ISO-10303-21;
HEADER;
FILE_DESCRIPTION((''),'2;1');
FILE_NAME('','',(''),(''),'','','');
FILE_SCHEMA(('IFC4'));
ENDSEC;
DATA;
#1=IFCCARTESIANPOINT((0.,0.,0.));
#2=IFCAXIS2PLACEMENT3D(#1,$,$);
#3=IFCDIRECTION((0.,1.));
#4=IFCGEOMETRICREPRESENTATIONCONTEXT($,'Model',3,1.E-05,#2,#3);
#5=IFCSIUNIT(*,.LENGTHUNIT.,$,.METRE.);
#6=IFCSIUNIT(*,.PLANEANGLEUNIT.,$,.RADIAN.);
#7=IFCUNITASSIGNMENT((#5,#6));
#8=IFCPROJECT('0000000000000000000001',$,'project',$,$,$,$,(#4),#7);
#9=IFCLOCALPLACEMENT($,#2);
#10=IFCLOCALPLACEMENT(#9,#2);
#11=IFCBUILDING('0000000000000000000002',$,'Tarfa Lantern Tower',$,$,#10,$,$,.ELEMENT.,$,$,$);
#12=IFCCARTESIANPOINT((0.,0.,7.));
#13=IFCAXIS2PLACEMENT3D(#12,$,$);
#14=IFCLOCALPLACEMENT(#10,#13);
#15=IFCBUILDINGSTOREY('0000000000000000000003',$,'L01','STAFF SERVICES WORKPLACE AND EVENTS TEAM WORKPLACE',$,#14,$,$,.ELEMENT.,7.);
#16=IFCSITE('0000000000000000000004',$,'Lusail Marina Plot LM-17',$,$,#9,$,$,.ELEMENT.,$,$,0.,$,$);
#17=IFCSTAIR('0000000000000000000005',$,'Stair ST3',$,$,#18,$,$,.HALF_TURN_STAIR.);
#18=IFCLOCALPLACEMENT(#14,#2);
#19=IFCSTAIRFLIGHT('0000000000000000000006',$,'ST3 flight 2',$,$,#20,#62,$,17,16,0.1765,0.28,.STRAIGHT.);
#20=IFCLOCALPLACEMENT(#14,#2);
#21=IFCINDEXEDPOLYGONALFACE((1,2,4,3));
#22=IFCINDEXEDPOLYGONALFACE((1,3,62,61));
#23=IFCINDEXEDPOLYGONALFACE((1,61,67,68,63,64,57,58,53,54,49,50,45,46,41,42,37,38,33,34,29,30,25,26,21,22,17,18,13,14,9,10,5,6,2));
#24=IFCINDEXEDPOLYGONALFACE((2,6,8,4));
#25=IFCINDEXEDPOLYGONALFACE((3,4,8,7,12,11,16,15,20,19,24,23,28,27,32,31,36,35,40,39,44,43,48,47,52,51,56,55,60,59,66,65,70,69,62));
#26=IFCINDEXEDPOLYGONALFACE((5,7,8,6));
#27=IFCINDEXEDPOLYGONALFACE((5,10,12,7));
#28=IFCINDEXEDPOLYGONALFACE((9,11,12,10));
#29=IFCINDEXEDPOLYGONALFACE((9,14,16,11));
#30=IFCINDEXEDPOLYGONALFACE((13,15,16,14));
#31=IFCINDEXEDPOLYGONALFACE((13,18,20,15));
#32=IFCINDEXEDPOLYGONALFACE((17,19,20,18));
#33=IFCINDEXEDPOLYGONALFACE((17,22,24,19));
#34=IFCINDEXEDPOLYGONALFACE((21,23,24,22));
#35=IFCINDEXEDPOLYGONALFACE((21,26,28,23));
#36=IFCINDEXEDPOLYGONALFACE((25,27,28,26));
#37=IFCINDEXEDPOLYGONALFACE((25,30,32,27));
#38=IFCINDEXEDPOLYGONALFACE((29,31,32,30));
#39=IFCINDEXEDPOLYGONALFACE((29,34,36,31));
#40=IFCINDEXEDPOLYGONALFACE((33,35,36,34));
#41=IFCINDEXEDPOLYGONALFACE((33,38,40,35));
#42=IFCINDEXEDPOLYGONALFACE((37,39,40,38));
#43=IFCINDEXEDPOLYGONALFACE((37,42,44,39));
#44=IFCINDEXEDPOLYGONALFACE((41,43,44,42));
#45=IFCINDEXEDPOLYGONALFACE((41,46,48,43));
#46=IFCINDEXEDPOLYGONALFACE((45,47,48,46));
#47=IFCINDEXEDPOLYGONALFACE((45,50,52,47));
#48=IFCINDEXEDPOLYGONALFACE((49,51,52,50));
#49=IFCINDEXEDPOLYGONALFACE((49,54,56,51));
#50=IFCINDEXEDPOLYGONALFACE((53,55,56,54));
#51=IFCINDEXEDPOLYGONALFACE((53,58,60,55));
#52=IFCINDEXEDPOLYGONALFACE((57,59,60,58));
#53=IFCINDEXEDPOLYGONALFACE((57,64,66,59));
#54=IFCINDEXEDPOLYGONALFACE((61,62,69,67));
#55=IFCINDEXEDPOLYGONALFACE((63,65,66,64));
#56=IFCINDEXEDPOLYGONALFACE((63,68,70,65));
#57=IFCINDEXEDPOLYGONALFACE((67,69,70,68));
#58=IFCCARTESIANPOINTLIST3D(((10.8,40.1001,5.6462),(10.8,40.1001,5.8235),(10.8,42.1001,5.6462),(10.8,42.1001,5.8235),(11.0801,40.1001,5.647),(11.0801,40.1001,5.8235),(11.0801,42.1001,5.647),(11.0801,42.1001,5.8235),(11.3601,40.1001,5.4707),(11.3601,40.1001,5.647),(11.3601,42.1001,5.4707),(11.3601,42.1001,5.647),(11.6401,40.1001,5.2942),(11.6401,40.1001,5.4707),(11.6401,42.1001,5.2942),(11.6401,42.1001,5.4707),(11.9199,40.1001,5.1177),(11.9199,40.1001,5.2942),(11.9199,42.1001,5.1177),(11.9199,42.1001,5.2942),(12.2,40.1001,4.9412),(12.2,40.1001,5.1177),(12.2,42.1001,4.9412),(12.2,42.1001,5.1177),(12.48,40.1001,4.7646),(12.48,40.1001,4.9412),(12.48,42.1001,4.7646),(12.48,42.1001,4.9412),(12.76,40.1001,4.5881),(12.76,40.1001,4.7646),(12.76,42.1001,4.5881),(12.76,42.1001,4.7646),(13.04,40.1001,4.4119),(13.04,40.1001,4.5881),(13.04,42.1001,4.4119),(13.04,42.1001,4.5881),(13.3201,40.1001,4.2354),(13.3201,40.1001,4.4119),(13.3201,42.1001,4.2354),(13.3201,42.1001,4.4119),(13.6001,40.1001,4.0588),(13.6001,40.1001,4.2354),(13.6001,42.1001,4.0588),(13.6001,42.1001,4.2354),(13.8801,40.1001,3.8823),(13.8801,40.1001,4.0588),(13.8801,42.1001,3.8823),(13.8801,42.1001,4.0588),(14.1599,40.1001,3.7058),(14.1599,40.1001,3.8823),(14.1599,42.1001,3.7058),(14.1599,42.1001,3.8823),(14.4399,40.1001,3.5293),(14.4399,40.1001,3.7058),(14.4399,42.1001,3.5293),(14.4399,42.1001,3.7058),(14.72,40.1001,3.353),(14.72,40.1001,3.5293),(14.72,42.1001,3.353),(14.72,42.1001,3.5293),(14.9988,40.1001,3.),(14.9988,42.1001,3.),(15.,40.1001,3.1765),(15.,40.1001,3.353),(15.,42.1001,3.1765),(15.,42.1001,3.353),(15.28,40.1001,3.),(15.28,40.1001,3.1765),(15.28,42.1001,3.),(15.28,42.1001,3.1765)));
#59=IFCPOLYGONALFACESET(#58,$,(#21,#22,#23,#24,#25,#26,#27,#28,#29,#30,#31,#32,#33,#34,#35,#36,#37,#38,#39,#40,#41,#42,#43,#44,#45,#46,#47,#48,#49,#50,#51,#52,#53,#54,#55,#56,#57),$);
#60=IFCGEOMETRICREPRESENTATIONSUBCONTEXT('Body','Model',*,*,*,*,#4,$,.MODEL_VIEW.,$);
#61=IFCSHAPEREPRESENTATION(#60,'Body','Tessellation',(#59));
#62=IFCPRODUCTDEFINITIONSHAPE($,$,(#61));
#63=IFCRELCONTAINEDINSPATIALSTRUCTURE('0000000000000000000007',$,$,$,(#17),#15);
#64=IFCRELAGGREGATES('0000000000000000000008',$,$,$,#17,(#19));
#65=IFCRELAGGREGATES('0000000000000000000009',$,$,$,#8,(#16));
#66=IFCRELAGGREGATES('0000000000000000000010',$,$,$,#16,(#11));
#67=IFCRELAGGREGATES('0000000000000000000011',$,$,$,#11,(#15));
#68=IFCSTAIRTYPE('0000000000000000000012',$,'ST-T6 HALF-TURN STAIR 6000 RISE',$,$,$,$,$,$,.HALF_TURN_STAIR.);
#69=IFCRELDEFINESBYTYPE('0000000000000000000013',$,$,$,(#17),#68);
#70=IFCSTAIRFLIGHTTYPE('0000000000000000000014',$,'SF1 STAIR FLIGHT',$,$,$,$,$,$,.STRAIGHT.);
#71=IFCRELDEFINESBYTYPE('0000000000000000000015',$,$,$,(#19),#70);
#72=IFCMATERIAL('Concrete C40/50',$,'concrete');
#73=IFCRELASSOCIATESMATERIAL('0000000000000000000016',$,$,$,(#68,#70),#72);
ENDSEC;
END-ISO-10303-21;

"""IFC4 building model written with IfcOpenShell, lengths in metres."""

from ifc_helpers import new_model, si_unit, direction, frame, origin, place, context, subcontext, project, spatial, polyline, outline, extrude, material, type_object, element, aggregate, save


model = new_model("IFC4")

# Units and contexts
model_context = context("Model", 3, precision=1e-05, world=origin(), true_north=direction((0.0, 1.0)))
body_context = subcontext(model_context, "Body", "Model", "MODEL_VIEW")
ifc_project = project(units=[si_unit("LENGTHUNIT", "METRE"), si_unit("PLANEANGLEUNIT", "RADIAN")], contexts=[model_context])

# Site, building, storey
site_placement = place(None, origin())
site = spatial("IfcSite", under=ifc_project, at=site_placement, Name="Lusail Marina Plot LM-17", CompositionType="ELEMENT", RefElevation=0.0)
building_placement = place(site_placement, origin())
building = spatial("IfcBuilding", under=site, at=building_placement, Name="Tarfa Lantern Tower", CompositionType="ELEMENT")
storey_placement = place(building_placement, frame((0.0, 0.0, 7.0)))
storey = spatial("IfcBuildingStorey", under=building, at=storey_placement, Name="L01", Description="STAFF SERVICES WORKPLACE AND EVENTS TEAM WORKPLACE", CompositionType="ELEMENT", Elevation=7.0)

# Stair, stair flight
ifc_material_1 = material(Name="Concrete C40/50", Category="concrete")
stair_type = type_object("IfcStairType", Name="ST-T6 HALF-TURN STAIR 6000 RISE", PredefinedType="HALF_TURN_STAIR", material=ifc_material_1)
stair_placement = place(storey_placement, origin())
stair = element("IfcStair", 1, at=stair_placement, inside=storey, type_object=stair_type, Name="Stair ST3", PredefinedType="HALF_TURN_STAIR")
stair_flight_type = type_object("IfcStairFlightType", Name="SF1 STAIR FLIGHT", PredefinedType="STRAIGHT", material=ifc_material_1)
stair_flight_1_placement = place(storey_placement, frame((15.28, 41.1001, 3.0), z_axis=(0.0, 0.0, 1.0), x_axis=(-1.0, 0.0, 0.0)))
stair_flight_1 = element("IfcStairFlight", 2, at=stair_flight_1_placement, type_object=stair_flight_type, Name="ST3 flight 2", NumberOfRisers=17, NumberOfTreads=16, PredefinedType="STRAIGHT", RiserHeight=0.1765, TreadLength=0.28, context=body_context, shape_type="SweptSolid", body=[
    extrude(outline(polyline([(0.0, 0.0), (0.0, 0.1765), (0.28, 0.1765), (0.28, 0.353), (0.5601, 0.353), (0.5601, 0.5293), (0.8401, 0.5293), (0.8401, 0.7058), (1.1201, 0.7058), (1.1201, 0.8823), (1.3999, 0.8823), (1.3999, 1.0588), (1.6799, 1.0588), (1.6799, 1.2354), (1.96, 1.2354), (1.96, 1.4119), (2.24, 1.4119), (2.24, 1.5881), (2.52, 1.5881), (2.52, 1.7646), (2.8, 1.7646), (2.8, 1.9412), (3.0801, 1.9412), (3.0801, 2.1177), (3.3601, 2.1177), (3.3601, 2.2942), (3.6399, 2.2942), (3.6399, 2.4707), (3.9199, 2.4707), (3.9199, 2.647), (4.2, 2.647), (4.2, 2.8235), (4.48, 2.8235), (4.48, 3.0), (4.48, 2.6462), (0.2812, 0.0), (0.0, 0.0)])), frame((0.0, 1.0, 0.0), z_axis=(0.0, -1.0, 0.0), x_axis=(1.0, 0.0, 0.0)), (0.0, 0.0, 1.0), 2.0),
])
aggregate(stair, [stair_flight_1])

save(model, "model.ifc")
